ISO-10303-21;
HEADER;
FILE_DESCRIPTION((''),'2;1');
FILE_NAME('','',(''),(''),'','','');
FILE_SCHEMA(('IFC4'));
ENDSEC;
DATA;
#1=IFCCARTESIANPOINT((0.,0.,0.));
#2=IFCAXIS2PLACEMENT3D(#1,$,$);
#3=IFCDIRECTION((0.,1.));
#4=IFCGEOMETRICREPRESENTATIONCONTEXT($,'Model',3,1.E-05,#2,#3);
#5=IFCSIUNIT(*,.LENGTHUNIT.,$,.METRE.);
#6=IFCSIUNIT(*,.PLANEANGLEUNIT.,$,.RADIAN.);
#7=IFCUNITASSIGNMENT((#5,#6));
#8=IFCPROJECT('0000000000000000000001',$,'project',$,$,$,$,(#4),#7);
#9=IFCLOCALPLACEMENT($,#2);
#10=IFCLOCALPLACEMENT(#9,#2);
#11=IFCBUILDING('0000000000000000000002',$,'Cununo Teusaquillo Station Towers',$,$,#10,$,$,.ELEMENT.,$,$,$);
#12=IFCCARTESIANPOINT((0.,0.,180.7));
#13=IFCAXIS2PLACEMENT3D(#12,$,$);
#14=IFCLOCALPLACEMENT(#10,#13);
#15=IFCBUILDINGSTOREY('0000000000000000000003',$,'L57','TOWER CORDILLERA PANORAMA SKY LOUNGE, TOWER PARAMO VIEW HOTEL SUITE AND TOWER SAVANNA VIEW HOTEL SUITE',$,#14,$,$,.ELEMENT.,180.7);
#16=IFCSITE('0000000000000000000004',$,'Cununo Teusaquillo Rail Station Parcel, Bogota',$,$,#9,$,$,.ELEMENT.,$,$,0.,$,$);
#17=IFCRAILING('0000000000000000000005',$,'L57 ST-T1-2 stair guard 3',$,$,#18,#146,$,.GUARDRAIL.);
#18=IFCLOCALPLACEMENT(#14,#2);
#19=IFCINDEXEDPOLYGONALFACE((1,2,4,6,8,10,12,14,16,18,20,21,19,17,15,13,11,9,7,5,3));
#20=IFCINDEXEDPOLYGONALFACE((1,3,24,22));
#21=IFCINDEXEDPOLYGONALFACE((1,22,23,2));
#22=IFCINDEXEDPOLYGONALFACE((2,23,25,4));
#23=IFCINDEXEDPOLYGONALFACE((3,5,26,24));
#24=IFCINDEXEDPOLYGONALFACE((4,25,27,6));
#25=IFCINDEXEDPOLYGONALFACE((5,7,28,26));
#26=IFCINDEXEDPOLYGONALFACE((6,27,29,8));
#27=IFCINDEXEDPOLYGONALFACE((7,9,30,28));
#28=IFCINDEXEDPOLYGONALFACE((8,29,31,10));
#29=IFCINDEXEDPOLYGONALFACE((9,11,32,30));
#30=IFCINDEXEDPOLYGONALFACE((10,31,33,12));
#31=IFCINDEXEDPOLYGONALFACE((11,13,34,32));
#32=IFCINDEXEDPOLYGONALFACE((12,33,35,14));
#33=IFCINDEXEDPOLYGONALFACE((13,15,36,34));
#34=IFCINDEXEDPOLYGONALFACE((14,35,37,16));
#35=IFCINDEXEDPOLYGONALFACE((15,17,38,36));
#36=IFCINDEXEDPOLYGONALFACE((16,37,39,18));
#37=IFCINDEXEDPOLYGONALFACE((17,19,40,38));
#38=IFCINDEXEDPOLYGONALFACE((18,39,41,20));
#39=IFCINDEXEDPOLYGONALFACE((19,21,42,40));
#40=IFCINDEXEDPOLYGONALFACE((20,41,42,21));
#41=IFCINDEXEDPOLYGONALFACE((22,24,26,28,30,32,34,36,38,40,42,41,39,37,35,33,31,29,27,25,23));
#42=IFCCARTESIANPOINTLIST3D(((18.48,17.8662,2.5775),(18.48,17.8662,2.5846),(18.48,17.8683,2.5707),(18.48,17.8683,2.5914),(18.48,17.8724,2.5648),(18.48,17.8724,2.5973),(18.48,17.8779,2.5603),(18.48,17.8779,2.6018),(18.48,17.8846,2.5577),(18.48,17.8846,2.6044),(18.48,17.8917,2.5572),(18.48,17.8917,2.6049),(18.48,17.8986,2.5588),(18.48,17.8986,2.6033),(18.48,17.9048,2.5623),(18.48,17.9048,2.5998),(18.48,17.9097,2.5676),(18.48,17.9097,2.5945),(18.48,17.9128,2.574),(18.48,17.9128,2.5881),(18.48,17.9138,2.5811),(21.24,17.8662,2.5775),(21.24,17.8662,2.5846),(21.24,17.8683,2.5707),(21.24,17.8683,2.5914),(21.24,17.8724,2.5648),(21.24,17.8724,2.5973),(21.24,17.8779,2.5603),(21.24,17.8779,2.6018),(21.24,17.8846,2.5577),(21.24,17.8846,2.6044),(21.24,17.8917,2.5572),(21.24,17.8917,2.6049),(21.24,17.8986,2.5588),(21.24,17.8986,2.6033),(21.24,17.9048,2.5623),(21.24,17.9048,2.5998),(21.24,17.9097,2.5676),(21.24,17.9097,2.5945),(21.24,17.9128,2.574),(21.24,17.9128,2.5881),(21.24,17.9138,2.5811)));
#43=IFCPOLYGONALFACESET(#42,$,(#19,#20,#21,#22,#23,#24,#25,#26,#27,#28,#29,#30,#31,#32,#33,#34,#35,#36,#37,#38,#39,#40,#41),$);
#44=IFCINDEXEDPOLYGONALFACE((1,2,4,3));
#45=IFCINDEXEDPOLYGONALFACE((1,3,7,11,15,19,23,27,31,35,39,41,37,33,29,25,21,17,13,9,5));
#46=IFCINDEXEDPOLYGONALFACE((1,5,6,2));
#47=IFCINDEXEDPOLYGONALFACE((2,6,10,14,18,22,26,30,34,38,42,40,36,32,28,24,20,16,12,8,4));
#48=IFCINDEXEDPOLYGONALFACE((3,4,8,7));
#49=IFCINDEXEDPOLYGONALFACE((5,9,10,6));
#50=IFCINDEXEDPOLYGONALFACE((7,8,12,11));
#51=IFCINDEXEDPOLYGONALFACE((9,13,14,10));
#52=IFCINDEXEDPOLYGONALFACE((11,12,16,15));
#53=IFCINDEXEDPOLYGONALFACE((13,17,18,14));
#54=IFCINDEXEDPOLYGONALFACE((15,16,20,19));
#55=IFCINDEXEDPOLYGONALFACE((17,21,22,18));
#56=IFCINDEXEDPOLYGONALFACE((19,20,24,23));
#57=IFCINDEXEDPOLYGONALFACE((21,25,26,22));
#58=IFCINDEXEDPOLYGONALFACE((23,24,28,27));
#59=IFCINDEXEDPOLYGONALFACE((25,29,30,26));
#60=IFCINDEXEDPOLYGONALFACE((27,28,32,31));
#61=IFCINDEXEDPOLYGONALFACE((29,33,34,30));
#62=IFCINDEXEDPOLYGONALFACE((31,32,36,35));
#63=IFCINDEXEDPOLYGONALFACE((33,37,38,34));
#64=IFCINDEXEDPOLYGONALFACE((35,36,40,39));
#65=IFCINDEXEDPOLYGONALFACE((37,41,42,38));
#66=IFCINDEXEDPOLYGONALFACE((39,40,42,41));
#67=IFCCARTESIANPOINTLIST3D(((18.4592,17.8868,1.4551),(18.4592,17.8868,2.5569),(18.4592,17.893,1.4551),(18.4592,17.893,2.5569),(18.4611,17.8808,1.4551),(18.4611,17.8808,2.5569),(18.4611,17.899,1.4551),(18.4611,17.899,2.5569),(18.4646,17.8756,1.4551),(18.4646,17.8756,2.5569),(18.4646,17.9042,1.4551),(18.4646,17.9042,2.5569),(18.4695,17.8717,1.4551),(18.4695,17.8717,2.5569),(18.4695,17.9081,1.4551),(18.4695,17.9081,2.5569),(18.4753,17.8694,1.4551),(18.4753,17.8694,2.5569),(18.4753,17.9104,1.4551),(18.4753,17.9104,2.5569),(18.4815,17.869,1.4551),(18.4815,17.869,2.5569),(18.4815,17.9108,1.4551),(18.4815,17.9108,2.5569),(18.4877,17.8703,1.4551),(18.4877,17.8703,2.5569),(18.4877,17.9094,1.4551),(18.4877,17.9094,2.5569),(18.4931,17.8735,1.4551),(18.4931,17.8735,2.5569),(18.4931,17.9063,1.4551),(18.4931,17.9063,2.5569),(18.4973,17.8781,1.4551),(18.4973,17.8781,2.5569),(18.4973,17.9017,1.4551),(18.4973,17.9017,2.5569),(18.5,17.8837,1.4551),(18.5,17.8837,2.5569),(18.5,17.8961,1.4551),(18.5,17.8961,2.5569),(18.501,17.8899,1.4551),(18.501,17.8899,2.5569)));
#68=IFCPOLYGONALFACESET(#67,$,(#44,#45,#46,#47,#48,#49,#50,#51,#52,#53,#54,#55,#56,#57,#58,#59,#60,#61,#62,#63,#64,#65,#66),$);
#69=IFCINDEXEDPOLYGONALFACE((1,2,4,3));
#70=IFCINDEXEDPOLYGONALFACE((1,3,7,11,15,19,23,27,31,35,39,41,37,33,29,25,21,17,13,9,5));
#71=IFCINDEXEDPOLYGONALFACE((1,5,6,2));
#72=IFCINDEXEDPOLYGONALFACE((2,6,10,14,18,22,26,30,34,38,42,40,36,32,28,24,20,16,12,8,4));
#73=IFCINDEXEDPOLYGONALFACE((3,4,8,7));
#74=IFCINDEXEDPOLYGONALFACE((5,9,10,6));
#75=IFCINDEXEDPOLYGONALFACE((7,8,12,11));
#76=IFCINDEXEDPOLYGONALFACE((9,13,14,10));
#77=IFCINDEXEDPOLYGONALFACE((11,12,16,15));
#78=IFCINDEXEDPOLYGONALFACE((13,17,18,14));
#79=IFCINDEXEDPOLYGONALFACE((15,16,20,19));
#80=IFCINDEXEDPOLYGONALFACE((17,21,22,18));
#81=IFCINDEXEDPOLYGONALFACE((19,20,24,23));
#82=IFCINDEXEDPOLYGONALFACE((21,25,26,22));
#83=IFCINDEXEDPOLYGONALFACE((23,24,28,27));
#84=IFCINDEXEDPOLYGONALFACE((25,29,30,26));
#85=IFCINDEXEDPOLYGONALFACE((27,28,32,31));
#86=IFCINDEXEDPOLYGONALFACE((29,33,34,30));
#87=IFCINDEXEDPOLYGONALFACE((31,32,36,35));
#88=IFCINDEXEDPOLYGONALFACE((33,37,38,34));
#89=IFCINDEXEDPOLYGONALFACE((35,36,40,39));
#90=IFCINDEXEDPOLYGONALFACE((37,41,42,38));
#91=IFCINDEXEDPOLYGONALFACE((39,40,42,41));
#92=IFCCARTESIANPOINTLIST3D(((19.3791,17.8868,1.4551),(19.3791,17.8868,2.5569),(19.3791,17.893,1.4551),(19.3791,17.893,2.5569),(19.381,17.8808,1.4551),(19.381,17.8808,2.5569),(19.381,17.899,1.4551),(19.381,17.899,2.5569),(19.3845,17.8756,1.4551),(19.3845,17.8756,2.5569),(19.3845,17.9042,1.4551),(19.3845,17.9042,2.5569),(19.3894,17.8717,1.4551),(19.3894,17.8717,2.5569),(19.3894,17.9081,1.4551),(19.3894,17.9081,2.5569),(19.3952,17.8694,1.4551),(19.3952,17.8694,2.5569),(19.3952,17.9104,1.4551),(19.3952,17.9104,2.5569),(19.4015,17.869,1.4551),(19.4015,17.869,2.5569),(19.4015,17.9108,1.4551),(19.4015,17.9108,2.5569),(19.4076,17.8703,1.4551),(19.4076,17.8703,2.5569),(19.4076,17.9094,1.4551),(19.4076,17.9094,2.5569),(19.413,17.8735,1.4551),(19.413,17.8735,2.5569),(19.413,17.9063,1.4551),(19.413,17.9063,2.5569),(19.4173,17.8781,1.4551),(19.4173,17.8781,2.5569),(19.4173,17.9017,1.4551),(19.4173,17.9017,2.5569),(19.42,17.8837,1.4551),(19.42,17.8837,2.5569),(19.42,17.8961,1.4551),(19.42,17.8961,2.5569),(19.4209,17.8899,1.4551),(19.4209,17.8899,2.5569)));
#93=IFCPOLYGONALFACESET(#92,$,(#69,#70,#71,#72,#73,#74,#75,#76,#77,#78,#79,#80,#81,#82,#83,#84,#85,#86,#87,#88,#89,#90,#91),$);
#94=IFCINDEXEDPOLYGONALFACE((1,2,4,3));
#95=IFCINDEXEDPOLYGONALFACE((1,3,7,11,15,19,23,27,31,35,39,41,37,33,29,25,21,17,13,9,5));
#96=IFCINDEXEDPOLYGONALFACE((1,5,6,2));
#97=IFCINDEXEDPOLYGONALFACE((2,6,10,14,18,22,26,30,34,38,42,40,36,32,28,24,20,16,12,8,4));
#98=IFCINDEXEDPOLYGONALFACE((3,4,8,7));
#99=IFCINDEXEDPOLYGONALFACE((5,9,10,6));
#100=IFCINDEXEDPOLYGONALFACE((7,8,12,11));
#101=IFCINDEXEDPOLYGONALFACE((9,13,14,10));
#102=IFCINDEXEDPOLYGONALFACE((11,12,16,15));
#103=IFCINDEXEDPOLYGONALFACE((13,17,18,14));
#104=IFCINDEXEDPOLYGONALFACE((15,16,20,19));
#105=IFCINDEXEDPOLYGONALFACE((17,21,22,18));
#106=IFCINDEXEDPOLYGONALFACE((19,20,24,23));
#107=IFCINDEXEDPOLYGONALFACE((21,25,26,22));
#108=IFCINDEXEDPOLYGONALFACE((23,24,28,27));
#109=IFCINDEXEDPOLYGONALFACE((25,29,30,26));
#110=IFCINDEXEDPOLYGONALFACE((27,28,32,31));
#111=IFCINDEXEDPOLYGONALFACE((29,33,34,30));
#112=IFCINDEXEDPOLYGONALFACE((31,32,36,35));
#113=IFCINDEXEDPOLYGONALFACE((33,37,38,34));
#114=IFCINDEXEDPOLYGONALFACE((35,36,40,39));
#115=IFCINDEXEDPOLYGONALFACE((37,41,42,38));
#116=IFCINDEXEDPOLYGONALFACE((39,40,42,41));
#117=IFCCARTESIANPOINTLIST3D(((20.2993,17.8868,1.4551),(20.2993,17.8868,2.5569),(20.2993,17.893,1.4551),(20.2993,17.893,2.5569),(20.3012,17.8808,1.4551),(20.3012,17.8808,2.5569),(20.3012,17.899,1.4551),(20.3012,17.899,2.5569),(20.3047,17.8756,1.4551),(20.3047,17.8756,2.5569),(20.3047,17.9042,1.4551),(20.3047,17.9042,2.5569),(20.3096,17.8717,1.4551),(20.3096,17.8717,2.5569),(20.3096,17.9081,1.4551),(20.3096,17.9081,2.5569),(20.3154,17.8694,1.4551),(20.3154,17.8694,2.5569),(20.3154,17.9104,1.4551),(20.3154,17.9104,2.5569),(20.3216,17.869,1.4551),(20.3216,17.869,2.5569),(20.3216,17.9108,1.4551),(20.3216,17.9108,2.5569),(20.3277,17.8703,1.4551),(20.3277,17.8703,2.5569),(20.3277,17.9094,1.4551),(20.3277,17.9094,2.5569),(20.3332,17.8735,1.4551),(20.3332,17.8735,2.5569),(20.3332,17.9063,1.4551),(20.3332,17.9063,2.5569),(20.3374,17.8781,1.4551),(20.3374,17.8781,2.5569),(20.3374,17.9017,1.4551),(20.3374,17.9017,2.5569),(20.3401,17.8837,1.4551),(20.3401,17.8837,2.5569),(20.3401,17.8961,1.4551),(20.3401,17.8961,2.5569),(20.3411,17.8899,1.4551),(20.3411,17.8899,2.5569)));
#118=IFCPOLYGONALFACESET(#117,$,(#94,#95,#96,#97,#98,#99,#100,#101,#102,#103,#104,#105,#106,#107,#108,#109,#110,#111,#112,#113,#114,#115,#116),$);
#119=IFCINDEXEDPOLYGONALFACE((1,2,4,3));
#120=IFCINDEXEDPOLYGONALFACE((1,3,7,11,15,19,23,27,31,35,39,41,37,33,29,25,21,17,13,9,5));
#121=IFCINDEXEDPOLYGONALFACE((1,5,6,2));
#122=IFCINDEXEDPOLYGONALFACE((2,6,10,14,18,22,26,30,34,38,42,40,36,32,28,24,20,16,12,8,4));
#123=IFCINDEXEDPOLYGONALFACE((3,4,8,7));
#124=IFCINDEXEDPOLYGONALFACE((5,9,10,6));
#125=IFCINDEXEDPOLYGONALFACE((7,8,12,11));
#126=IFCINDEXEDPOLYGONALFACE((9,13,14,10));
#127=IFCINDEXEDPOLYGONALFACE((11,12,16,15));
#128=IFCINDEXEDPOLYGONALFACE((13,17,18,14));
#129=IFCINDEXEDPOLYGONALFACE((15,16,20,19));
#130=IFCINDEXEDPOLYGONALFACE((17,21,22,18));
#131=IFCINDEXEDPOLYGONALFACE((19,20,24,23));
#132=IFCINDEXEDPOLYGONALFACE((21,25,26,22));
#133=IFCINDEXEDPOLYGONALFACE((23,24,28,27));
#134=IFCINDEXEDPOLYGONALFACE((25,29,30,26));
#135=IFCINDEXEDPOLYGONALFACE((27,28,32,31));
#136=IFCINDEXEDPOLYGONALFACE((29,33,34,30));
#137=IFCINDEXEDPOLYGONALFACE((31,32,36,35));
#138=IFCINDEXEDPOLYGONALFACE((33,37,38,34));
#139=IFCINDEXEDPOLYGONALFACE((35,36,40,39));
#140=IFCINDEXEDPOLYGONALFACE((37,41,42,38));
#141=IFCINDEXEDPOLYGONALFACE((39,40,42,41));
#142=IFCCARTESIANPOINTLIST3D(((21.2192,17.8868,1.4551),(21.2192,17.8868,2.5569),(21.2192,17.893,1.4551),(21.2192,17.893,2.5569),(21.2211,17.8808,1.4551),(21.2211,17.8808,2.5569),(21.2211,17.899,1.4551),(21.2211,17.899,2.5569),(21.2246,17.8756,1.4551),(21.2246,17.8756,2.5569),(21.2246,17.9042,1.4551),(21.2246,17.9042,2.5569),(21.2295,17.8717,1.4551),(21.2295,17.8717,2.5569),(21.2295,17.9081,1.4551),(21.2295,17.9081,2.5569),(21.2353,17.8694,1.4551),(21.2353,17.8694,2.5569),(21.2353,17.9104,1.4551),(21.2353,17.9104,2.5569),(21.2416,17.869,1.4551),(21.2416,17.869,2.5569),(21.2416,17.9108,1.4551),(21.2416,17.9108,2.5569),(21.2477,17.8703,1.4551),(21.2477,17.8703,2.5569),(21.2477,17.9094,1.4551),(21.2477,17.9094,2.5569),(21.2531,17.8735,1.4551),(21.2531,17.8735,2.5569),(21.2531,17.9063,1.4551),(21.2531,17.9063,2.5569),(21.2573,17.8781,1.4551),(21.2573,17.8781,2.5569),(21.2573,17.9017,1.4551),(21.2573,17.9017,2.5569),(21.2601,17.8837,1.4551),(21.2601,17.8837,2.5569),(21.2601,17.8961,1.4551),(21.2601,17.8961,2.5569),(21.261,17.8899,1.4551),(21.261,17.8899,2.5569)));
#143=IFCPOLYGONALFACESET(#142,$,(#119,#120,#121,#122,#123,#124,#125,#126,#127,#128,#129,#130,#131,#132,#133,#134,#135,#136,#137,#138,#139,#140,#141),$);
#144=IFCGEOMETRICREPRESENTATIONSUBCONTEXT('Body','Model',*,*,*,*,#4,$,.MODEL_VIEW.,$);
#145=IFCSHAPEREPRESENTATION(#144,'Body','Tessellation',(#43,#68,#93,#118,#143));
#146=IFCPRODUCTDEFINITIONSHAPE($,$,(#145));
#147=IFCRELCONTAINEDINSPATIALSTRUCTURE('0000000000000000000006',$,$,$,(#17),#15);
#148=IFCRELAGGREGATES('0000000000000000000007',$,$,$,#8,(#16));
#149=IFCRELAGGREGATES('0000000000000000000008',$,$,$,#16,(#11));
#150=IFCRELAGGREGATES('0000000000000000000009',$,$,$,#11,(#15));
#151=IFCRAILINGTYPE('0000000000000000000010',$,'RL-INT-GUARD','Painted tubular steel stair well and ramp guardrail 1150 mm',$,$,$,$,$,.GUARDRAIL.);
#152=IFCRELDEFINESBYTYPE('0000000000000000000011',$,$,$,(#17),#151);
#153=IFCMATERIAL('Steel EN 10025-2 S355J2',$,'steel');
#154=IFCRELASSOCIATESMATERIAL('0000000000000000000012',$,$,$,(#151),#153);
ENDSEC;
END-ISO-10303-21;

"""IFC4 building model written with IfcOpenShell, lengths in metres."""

from ifc_helpers import new_model, si_unit, direction, frame, origin, origin_2d, place, context, subcontext, project, spatial, circle, extrude, material, type_object, element, save


model = new_model("IFC4")

# Units and contexts
model_context = context("Model", 3, precision=1e-05, world=origin(), true_north=direction((0.0, 1.0)))
body_context = subcontext(model_context, "Body", "Model", "MODEL_VIEW")
ifc_project = project(units=[si_unit("LENGTHUNIT", "METRE"), si_unit("PLANEANGLEUNIT", "RADIAN")], contexts=[model_context])

# Site, building, storey
site_placement = place(None, origin())
site = spatial("IfcSite", under=ifc_project, at=site_placement, Name="Cununo Teusaquillo Rail Station Parcel, Bogota", CompositionType="ELEMENT", RefElevation=0.0)
building_placement = place(site_placement, origin())
building = spatial("IfcBuilding", under=site, at=building_placement, Name="Cununo Teusaquillo Station Towers", CompositionType="ELEMENT")
storey_placement = place(building_placement, frame((0.0, 0.0, 180.7)))
storey = spatial("IfcBuildingStorey", under=building, at=storey_placement, Name="L57", Description="TOWER CORDILLERA PANORAMA SKY LOUNGE, TOWER PARAMO VIEW HOTEL SUITE AND TOWER SAVANNA VIEW HOTEL SUITE", CompositionType="ELEMENT", Elevation=180.7)

# Railing
ifc_material_1 = material(Name="Steel EN 10025-2 S355J2", Category="steel")
railing_type_1 = type_object("IfcRailingType", Name="RL-INT-GUARD", Description="Painted tubular steel stair well and ramp guardrail 1150 mm", PredefinedType="GUARDRAIL", material=ifc_material_1)
railing_1_placement = place(storey_placement, frame((18.48, 17.8899, 1.4551)))
element("IfcRailing", 1, at=railing_1_placement, inside=storey, type_object=railing_type_1, Name="L57 ST-T1-2 stair guard 3", PredefinedType="GUARDRAIL", context=body_context, shape_type="SweptSolid", body=[
    extrude(circle(Radius=0.0239, at=origin_2d()), frame((0.0, 0.0, 1.126), z_axis=(1.0, 0.0, 0.0), x_axis=(0.0, 1.0, 0.0)), (0.0, 0.0, 1.0), 2.76),
    extrude(circle(Radius=0.021, at=origin_2d()), origin(), (0.0, 0.0, 1.0), 1.1018),
    extrude(circle(Radius=0.021, at=origin_2d()), frame((0.9199, 0.0, 0.0)), (0.0, 0.0, 1.0), 1.1018),
    extrude(circle(Radius=0.021, at=origin_2d()), frame((1.8401, 0.0, 0.0)), (0.0, 0.0, 1.0), 1.1018),
    extrude(circle(Radius=0.021, at=origin_2d()), frame((2.76, 0.0, 0.0)), (0.0, 0.0, 1.0), 1.1018),
])

save(model, "model.ifc")
